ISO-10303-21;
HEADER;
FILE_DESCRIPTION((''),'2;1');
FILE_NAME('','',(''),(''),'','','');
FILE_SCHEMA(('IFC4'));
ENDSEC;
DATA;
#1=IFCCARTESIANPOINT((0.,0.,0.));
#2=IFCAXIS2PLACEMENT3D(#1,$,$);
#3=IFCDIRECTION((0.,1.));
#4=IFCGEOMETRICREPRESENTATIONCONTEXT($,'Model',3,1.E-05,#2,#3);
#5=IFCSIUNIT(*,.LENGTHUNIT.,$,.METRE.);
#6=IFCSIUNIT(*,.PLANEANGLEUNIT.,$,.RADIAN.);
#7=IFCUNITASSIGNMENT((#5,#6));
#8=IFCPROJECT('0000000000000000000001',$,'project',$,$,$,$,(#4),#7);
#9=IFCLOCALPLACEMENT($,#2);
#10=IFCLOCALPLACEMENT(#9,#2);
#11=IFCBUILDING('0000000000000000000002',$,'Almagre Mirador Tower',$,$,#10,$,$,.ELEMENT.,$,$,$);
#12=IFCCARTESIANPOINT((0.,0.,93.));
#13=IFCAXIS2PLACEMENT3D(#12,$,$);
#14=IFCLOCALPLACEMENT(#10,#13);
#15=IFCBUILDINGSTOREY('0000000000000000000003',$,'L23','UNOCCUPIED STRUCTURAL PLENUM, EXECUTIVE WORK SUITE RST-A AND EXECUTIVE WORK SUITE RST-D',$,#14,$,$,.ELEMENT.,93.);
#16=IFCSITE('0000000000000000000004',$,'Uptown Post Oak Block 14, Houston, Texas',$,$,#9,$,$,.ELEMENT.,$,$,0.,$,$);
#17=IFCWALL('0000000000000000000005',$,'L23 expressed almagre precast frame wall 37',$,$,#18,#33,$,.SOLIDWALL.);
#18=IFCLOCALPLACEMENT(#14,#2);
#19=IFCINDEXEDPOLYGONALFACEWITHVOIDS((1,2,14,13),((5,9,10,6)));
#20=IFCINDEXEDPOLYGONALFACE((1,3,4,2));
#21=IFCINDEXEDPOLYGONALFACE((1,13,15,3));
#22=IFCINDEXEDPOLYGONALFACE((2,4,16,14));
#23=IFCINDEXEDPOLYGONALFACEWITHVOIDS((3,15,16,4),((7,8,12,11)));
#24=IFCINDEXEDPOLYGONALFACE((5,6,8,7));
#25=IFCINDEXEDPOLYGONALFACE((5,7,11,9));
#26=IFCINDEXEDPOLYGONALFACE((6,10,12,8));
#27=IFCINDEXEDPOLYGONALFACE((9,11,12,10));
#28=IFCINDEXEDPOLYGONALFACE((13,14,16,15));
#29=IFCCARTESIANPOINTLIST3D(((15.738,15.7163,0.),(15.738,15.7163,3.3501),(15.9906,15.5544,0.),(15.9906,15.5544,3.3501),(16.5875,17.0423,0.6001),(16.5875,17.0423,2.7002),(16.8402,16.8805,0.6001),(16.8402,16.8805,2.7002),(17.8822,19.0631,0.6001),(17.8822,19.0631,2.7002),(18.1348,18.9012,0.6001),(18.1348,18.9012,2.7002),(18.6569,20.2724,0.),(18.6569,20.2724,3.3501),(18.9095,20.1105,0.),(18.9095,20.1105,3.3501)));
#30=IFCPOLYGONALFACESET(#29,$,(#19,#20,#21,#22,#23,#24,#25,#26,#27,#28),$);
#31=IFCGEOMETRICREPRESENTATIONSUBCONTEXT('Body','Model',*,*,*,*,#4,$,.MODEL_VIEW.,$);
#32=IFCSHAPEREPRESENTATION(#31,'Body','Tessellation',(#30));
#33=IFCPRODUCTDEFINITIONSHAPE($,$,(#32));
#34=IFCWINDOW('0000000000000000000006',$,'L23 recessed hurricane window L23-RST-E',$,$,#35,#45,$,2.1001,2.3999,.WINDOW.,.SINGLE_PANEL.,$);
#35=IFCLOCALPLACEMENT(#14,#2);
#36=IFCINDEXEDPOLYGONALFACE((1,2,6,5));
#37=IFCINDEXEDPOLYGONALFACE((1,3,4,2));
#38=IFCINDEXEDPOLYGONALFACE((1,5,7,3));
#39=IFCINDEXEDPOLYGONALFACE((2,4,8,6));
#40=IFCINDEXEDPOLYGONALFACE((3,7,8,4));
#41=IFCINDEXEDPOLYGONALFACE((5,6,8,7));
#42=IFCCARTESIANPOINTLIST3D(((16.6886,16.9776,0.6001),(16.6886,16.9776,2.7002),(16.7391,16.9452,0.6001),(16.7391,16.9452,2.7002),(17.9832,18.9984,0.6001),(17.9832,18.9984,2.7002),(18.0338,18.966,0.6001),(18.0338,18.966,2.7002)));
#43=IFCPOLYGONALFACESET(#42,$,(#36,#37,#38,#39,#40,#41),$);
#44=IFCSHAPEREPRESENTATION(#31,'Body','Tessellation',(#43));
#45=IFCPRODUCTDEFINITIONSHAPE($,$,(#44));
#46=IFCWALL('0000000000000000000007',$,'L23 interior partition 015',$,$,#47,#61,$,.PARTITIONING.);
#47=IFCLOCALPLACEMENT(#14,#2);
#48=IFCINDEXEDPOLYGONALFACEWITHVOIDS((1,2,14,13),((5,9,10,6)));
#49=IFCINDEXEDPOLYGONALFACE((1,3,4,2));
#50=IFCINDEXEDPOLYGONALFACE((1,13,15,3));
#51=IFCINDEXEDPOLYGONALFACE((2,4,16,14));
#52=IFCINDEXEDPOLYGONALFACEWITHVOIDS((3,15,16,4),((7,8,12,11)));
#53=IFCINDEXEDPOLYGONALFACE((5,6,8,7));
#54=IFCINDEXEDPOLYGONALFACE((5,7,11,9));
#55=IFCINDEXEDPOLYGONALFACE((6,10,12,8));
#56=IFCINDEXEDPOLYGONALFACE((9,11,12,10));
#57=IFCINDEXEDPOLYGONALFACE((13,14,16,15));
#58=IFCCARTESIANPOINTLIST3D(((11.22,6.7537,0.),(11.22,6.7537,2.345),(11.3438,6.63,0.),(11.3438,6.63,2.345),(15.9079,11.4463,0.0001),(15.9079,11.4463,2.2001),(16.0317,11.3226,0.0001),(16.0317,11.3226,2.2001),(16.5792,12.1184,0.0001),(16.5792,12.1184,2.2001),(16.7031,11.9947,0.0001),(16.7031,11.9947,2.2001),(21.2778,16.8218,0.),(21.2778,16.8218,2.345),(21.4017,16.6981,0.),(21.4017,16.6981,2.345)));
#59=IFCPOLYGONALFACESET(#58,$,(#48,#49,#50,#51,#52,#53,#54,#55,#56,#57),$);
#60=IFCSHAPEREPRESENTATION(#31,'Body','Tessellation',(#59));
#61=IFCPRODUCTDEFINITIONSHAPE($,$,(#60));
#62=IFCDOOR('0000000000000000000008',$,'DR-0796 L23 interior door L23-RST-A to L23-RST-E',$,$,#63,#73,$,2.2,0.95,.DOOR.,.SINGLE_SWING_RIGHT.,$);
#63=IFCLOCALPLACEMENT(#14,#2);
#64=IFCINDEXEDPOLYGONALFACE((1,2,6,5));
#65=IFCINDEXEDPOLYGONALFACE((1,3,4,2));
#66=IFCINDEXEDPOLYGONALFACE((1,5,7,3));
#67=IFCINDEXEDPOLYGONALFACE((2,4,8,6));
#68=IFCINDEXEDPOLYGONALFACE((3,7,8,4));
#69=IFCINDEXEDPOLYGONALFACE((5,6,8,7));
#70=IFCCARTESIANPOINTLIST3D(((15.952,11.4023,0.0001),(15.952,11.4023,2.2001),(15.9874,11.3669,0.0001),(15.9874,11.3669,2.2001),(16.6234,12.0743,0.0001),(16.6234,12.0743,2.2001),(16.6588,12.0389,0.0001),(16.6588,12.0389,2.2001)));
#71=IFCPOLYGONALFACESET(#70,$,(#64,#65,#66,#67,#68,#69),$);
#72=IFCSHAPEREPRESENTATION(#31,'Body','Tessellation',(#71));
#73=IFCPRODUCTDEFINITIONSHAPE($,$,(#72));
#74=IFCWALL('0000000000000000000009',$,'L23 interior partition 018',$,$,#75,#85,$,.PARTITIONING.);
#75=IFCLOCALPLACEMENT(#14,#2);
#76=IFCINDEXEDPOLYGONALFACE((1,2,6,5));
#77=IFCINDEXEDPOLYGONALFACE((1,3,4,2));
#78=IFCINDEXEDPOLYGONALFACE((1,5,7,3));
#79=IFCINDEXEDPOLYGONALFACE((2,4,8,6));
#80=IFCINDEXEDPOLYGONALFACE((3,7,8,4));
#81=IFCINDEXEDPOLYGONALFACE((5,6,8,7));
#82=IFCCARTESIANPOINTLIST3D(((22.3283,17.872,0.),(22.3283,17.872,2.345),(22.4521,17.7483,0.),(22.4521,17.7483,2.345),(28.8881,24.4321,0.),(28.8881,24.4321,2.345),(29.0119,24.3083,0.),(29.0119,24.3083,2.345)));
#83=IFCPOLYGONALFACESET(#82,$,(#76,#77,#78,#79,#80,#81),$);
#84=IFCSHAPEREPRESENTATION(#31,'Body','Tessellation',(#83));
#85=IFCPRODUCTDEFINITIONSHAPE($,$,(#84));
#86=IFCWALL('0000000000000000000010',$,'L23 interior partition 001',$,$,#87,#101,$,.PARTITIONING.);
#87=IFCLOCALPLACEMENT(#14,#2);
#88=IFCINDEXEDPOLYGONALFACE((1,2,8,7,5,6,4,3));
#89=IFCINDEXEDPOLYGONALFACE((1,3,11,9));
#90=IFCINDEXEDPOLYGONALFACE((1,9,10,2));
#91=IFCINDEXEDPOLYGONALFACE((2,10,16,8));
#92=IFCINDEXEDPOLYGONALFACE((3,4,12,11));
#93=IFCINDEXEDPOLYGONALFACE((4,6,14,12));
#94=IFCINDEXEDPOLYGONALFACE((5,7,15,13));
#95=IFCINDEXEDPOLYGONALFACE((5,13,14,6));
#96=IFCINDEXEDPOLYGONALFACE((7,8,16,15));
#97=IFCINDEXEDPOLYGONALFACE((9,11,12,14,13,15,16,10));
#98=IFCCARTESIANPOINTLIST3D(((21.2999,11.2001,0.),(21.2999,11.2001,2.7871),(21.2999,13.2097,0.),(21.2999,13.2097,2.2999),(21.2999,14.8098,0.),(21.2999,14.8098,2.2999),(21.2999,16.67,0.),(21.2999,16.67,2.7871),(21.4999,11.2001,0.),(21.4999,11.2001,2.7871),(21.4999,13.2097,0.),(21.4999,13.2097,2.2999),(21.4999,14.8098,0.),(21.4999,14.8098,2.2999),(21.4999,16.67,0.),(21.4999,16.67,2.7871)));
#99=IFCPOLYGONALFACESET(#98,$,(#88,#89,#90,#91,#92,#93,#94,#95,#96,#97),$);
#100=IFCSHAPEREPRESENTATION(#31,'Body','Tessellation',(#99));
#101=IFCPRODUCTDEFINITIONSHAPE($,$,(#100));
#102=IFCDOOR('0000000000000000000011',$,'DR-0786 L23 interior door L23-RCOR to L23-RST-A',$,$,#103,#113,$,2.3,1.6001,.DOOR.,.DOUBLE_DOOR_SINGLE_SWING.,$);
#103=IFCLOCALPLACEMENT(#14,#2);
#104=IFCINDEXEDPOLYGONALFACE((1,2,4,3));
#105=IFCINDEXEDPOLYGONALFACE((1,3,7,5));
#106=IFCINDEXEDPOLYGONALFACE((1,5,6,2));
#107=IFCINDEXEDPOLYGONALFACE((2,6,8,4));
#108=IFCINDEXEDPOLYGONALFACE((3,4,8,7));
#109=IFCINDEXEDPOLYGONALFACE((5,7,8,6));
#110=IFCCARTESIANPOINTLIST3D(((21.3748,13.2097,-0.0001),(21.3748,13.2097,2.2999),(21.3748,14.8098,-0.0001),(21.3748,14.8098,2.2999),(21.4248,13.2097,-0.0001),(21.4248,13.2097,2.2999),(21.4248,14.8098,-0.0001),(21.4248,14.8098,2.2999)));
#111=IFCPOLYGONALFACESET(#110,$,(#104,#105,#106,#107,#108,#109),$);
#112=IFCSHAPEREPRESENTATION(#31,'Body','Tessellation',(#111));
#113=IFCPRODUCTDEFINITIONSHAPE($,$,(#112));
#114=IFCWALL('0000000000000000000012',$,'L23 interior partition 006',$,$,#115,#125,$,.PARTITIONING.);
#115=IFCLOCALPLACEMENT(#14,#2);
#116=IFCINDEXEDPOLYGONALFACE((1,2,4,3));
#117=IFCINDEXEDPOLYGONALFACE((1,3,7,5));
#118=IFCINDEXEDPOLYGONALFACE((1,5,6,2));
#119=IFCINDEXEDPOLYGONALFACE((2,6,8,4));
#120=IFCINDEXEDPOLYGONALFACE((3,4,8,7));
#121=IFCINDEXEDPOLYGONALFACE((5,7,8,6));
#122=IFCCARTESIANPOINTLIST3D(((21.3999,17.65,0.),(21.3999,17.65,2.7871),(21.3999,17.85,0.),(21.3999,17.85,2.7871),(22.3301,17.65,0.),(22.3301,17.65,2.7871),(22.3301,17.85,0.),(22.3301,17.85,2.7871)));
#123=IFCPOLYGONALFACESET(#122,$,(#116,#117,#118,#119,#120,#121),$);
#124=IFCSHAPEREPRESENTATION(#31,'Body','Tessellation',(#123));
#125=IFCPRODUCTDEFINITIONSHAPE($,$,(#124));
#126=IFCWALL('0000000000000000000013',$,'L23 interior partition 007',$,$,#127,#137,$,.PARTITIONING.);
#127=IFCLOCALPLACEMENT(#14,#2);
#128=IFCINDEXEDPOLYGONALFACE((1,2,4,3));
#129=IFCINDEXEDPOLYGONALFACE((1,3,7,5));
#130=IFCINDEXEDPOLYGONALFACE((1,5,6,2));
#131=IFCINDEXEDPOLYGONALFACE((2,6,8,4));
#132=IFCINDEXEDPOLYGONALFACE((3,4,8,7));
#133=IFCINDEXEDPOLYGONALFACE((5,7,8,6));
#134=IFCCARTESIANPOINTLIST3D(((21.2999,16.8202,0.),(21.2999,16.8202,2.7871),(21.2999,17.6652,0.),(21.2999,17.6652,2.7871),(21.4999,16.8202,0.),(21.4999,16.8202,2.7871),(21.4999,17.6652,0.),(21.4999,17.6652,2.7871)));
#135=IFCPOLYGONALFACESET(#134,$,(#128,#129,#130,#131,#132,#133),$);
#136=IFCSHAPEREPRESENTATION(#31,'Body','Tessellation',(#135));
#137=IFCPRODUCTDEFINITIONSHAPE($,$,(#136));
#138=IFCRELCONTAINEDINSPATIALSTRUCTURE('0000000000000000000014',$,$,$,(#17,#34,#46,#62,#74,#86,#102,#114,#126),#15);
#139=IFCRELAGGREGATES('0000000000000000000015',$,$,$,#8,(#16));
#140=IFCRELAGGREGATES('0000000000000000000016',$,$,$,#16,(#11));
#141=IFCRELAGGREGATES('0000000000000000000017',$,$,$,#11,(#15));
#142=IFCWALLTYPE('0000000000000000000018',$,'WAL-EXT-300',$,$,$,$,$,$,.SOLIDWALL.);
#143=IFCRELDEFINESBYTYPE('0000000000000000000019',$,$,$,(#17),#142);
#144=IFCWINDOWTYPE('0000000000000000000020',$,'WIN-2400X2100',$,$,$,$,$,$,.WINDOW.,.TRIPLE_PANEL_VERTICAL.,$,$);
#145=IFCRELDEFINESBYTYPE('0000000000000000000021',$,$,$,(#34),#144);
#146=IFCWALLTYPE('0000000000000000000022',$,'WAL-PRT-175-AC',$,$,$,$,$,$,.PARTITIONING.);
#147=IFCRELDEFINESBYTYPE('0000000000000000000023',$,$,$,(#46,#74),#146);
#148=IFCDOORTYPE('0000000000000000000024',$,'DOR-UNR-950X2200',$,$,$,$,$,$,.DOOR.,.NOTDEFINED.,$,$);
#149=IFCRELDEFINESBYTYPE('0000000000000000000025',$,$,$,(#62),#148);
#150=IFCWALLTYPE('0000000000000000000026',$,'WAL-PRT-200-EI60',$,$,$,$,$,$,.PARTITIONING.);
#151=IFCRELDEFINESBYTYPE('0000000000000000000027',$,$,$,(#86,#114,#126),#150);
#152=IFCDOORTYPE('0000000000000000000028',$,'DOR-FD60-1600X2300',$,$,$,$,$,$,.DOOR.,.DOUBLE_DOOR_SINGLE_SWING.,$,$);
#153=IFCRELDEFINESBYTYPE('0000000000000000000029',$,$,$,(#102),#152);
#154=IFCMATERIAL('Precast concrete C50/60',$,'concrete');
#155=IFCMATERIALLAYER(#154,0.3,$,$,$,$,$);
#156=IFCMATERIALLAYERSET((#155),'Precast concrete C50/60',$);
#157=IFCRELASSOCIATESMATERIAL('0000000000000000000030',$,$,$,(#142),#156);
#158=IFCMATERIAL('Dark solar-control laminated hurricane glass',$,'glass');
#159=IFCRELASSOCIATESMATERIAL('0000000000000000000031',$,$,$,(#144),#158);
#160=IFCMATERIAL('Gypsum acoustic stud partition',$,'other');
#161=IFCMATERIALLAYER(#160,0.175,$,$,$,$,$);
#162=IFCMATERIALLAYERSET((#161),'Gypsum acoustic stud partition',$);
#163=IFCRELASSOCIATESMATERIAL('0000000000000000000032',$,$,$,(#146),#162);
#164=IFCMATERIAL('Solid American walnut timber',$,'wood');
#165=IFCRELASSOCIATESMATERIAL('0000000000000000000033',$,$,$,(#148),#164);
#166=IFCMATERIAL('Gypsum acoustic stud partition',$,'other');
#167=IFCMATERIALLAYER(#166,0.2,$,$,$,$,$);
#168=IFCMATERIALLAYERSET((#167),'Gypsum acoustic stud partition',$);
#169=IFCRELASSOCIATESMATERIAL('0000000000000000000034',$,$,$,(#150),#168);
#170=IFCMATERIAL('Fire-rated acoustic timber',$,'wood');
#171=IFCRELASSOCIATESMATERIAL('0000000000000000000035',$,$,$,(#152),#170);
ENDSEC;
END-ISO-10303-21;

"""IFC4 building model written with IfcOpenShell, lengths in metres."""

from ifc_helpers import new_model, si_unit, direction, frame, frame_2d, origin, place, context, subcontext, project, spatial, rectangle, extrude, material, layer, layer_set, type_object, element, fill, save


model = new_model("IFC4")

# Units and contexts
model_context = context("Model", 3, precision=1e-05, world=origin(), true_north=direction((0.0, 1.0)))
body_context = subcontext(model_context, "Body", "Model", "MODEL_VIEW")
ifc_project = project(units=[si_unit("LENGTHUNIT", "METRE"), si_unit("PLANEANGLEUNIT", "RADIAN")], contexts=[model_context])

# Site, building, storey
site_placement = place(None, origin())
site = spatial("IfcSite", under=ifc_project, at=site_placement, Name="Uptown Post Oak Block 14, Houston, Texas", CompositionType="ELEMENT", RefElevation=0.0)
building_placement = place(site_placement, origin())
building = spatial("IfcBuilding", under=site, at=building_placement, Name="Almagre Mirador Tower", CompositionType="ELEMENT")
storey_placement = place(building_placement, frame((0.0, 0.0, 93.0)))
storey = spatial("IfcBuildingStorey", under=building, at=storey_placement, Name="L23", Description="UNOCCUPIED STRUCTURAL PLENUM, EXECUTIVE WORK SUITE RST-A AND EXECUTIVE WORK SUITE RST-D", CompositionType="ELEMENT", Elevation=93.0)

# Shared definitions
ifc_material_1 = material(Name="Precast concrete C50/60", Category="concrete")
ifc_layer_1 = layer(ifc_material_1, 0.3)
ifc_layer_set_1 = layer_set([ifc_layer_1], Name="Precast concrete C50/60")
wall_type_1 = type_object("IfcWallType", Name="WAL-EXT-300", PredefinedType="SOLIDWALL", material=ifc_layer_set_1)

# Wall, opening, window
wall_1_placement = place(storey_placement, frame((15.8643, 15.6353, 0.0), z_axis=(0.0, 0.0, 1.0), x_axis=(0.539448, 0.842019, 0.0)))
wall_1 = element("IfcWall", 1, at=wall_1_placement, inside=storey, type_object=wall_type_1, Name="L23 expressed almagre precast frame wall 37", PredefinedType="SOLIDWALL", context=body_context, shape_type="SweptSolid", body=[
    extrude(rectangle(XDim=5.4109, YDim=0.3, at=frame_2d((2.7056, 0.0))), origin(), (0.0, 0.0, 1.0), 3.3501),
])
opening_1_placement = place(wall_1_placement, frame((1.575, 0.0, 0.6001)))
opening_1 = element("IfcOpeningElement", 2, at=opening_1_placement, cuts=wall_1, PredefinedType="OPENING", context=body_context, shape_type="SweptSolid", body=[
    extrude(rectangle(XDim=2.3999, YDim=2.1001, at=frame_2d((1.2, 1.05))), frame((0.0, 0.1599, 0.0), z_axis=(0.0, -1.0, 0.0), x_axis=(1.0, 0.0, 0.0)), (0.0, 0.0, 1.0), 0.32),
])
ifc_material_2 = material(Name="Dark solar-control laminated hurricane glass", Category="glass")
window_type = type_object("IfcWindowType", Name="WIN-2400X2100", PartitioningType="TRIPLE_PANEL_VERTICAL", PredefinedType="WINDOW", material=ifc_material_2)
window_placement = place(opening_1_placement, origin())
window = element("IfcWindow", 3, at=window_placement, inside=storey, type_object=window_type, Name="L23 recessed hurricane window L23-RST-E", OverallHeight=2.1001, OverallWidth=2.3999, PartitioningType="SINGLE_PANEL", PredefinedType="WINDOW", context=body_context, shape_type="SweptSolid", body=[
    extrude(rectangle(XDim=2.3999, YDim=2.1001, at=frame_2d((1.2, 1.05))), frame((0.0, 0.03, 0.0), z_axis=(0.0, -1.0, 0.0), x_axis=(1.0, 0.0, 0.0)), (0.0, 0.0, 1.0), 0.0601),
])
fill(opening_1, window)

# Wall, opening, door
ifc_material_3 = material(Name="Gypsum acoustic stud partition", Category="other")
ifc_layer_2 = layer(ifc_material_3, 0.175)
ifc_layer_set_2 = layer_set([ifc_layer_2], Name="Gypsum acoustic stud partition")
wall_type_2 = type_object("IfcWallType", Name="WAL-PRT-175-AC", PredefinedType="PARTITIONING", material=ifc_layer_set_2)
wall_2_placement = place(storey_placement, frame((21.3398, 16.76, 0.0), z_axis=(0.0, 0.0, 1.0), x_axis=(-0.706746, -0.707467, 0.0)))
wall_2 = element("IfcWall", 4, at=wall_2_placement, inside=storey, type_object=wall_type_2, Name="L23 interior partition 015", PredefinedType="PARTITIONING", context=body_context, shape_type="SweptSolid", body=[
    extrude(rectangle(XDim=14.2312, YDim=0.175, at=frame_2d((7.1157, 0.0))), origin(), (0.0, 0.0, 1.0), 2.345),
])
opening_2_placement = place(wall_2_placement, frame((6.6482, 0.0, 0.0)))
opening_2 = element("IfcOpeningElement", 5, at=opening_2_placement, cuts=wall_2, PredefinedType="OPENING", context=body_context, shape_type="SweptSolid", body=[
    extrude(rectangle(XDim=0.95, YDim=2.2, at=frame_2d((0.4751, 1.1001))), frame((0.0, 0.0974, 0.0), z_axis=(0.0, -1.0, 0.0), x_axis=(1.0, 0.0, 0.0)), (0.0, 0.0, 1.0), 0.195),
])
ifc_material_4 = material(Name="Solid American walnut timber", Category="wood")
door_type_1 = type_object("IfcDoorType", Name="DOR-UNR-950X2200", OperationType="NOTDEFINED", PredefinedType="DOOR", material=ifc_material_4)
door_1_placement = place(opening_2_placement, origin())
door_1 = element("IfcDoor", 6, at=door_1_placement, inside=storey, type_object=door_type_1, Name="DR-0796 L23 interior door L23-RST-A to L23-RST-E", OperationType="SINGLE_SWING_RIGHT", OverallHeight=2.2, OverallWidth=0.95, PredefinedType="DOOR", context=body_context, shape_type="SweptSolid", body=[
    extrude(rectangle(XDim=0.95, YDim=2.2, at=frame_2d((0.4751, 1.1001))), frame((0.0, 0.0249, 0.0), z_axis=(0.0, -1.0, 0.0), x_axis=(1.0, 0.0, 0.0)), (0.0, 0.0, 1.0), 0.05),
])
fill(opening_2, door_1)

# Wall
wall_3_placement = place(storey_placement, frame((22.3901, 17.8101, 0.0), z_axis=(0.0, 0.0, 1.0), x_axis=(0.707094, 0.70712, 0.0)))
element("IfcWall", 7, at=wall_3_placement, inside=storey, type_object=wall_type_2, Name="L23 interior partition 018", PredefinedType="PARTITIONING", context=body_context, shape_type="SweptSolid", body=[
    extrude(rectangle(XDim=9.2771, YDim=0.175, at=frame_2d((4.6387, 0.0))), origin(), (0.0, 0.0, 1.0), 2.345),
])

# Wall, opening, door
ifc_material_5 = material(Name="Gypsum acoustic stud partition", Category="other")
ifc_layer_3 = layer(ifc_material_5, 0.2)
ifc_layer_set_3 = layer_set([ifc_layer_3], Name="Gypsum acoustic stud partition")
wall_type_3 = type_object("IfcWallType", Name="WAL-PRT-200-EI60", PredefinedType="PARTITIONING", material=ifc_layer_set_3)
wall_4_placement = place(storey_placement, frame((21.3999, 16.6699, 0.0), z_axis=(0.0, 0.0, 1.0), x_axis=(0.0, -1.0, 0.0)))
wall_4 = element("IfcWall", 8, at=wall_4_placement, inside=storey, type_object=wall_type_3, Name="L23 interior partition 001", PredefinedType="PARTITIONING", context=body_context, shape_type="SweptSolid", body=[
    extrude(rectangle(XDim=5.47, YDim=0.2, at=frame_2d((2.7349, 0.0))), origin(), (0.0, 0.0, 1.0), 2.7871),
])
opening_3_placement = place(wall_4_placement, frame((1.8601, 0.0, 0.0)))
opening_3 = element("IfcOpeningElement", 9, at=opening_3_placement, cuts=wall_4, PredefinedType="OPENING", context=body_context, shape_type="SweptSolid", body=[
    extrude(rectangle(XDim=1.6001, YDim=2.3, at=frame_2d((0.8, 1.1499))), frame((0.0, 0.1101, 0.0), z_axis=(0.0, -1.0, 0.0), x_axis=(1.0, 0.0, 0.0)), (0.0, 0.0, 1.0), 0.22),
])
ifc_material_6 = material(Name="Fire-rated acoustic timber", Category="wood")
door_type_2 = type_object("IfcDoorType", Name="DOR-FD60-1600X2300", OperationType="DOUBLE_DOOR_SINGLE_SWING", PredefinedType="DOOR", material=ifc_material_6)
door_2_placement = place(opening_3_placement, origin())
door_2 = element("IfcDoor", 10, at=door_2_placement, inside=storey, type_object=door_type_2, Name="DR-0786 L23 interior door L23-RCOR to L23-RST-A", OperationType="DOUBLE_DOOR_SINGLE_SWING", OverallHeight=2.3, OverallWidth=1.6001, PredefinedType="DOOR", context=body_context, shape_type="SweptSolid", body=[
    extrude(rectangle(XDim=1.6001, YDim=2.3, at=frame_2d((0.8, 1.1499))), frame((0.0, 0.0249, 0.0), z_axis=(0.0, -1.0, 0.0), x_axis=(1.0, 0.0, 0.0)), (0.0, 0.0, 1.0), 0.05),
])
fill(opening_3, door_2)

# Walls
wall_5_placement = place(storey_placement, frame((22.3301, 17.75, 0.0), z_axis=(0.0, 0.0, 1.0), x_axis=(-1.0, 0.0, 0.0)))
element("IfcWall", 11, at=wall_5_placement, inside=storey, type_object=wall_type_3, Name="L23 interior partition 006", PredefinedType="PARTITIONING", context=body_context, shape_type="SweptSolid", body=[
    extrude(rectangle(XDim=0.9302, YDim=0.2, at=frame_2d((0.4651, 0.0))), origin(), (0.0, 0.0, 1.0), 2.7871),
])
wall_6_placement = place(storey_placement, frame((21.3999, 17.665, 0.0), z_axis=(0.0, 0.0, 1.0), x_axis=(0.0, -1.0, 0.0)))
element("IfcWall", 12, at=wall_6_placement, inside=storey, type_object=wall_type_3, Name="L23 interior partition 007", PredefinedType="PARTITIONING", context=body_context, shape_type="SweptSolid", body=[
    extrude(rectangle(XDim=0.845, YDim=0.2, at=frame_2d((0.4224, 0.0))), origin(), (0.0, 0.0, 1.0), 2.7871),
])

save(model, "model.ifc")
